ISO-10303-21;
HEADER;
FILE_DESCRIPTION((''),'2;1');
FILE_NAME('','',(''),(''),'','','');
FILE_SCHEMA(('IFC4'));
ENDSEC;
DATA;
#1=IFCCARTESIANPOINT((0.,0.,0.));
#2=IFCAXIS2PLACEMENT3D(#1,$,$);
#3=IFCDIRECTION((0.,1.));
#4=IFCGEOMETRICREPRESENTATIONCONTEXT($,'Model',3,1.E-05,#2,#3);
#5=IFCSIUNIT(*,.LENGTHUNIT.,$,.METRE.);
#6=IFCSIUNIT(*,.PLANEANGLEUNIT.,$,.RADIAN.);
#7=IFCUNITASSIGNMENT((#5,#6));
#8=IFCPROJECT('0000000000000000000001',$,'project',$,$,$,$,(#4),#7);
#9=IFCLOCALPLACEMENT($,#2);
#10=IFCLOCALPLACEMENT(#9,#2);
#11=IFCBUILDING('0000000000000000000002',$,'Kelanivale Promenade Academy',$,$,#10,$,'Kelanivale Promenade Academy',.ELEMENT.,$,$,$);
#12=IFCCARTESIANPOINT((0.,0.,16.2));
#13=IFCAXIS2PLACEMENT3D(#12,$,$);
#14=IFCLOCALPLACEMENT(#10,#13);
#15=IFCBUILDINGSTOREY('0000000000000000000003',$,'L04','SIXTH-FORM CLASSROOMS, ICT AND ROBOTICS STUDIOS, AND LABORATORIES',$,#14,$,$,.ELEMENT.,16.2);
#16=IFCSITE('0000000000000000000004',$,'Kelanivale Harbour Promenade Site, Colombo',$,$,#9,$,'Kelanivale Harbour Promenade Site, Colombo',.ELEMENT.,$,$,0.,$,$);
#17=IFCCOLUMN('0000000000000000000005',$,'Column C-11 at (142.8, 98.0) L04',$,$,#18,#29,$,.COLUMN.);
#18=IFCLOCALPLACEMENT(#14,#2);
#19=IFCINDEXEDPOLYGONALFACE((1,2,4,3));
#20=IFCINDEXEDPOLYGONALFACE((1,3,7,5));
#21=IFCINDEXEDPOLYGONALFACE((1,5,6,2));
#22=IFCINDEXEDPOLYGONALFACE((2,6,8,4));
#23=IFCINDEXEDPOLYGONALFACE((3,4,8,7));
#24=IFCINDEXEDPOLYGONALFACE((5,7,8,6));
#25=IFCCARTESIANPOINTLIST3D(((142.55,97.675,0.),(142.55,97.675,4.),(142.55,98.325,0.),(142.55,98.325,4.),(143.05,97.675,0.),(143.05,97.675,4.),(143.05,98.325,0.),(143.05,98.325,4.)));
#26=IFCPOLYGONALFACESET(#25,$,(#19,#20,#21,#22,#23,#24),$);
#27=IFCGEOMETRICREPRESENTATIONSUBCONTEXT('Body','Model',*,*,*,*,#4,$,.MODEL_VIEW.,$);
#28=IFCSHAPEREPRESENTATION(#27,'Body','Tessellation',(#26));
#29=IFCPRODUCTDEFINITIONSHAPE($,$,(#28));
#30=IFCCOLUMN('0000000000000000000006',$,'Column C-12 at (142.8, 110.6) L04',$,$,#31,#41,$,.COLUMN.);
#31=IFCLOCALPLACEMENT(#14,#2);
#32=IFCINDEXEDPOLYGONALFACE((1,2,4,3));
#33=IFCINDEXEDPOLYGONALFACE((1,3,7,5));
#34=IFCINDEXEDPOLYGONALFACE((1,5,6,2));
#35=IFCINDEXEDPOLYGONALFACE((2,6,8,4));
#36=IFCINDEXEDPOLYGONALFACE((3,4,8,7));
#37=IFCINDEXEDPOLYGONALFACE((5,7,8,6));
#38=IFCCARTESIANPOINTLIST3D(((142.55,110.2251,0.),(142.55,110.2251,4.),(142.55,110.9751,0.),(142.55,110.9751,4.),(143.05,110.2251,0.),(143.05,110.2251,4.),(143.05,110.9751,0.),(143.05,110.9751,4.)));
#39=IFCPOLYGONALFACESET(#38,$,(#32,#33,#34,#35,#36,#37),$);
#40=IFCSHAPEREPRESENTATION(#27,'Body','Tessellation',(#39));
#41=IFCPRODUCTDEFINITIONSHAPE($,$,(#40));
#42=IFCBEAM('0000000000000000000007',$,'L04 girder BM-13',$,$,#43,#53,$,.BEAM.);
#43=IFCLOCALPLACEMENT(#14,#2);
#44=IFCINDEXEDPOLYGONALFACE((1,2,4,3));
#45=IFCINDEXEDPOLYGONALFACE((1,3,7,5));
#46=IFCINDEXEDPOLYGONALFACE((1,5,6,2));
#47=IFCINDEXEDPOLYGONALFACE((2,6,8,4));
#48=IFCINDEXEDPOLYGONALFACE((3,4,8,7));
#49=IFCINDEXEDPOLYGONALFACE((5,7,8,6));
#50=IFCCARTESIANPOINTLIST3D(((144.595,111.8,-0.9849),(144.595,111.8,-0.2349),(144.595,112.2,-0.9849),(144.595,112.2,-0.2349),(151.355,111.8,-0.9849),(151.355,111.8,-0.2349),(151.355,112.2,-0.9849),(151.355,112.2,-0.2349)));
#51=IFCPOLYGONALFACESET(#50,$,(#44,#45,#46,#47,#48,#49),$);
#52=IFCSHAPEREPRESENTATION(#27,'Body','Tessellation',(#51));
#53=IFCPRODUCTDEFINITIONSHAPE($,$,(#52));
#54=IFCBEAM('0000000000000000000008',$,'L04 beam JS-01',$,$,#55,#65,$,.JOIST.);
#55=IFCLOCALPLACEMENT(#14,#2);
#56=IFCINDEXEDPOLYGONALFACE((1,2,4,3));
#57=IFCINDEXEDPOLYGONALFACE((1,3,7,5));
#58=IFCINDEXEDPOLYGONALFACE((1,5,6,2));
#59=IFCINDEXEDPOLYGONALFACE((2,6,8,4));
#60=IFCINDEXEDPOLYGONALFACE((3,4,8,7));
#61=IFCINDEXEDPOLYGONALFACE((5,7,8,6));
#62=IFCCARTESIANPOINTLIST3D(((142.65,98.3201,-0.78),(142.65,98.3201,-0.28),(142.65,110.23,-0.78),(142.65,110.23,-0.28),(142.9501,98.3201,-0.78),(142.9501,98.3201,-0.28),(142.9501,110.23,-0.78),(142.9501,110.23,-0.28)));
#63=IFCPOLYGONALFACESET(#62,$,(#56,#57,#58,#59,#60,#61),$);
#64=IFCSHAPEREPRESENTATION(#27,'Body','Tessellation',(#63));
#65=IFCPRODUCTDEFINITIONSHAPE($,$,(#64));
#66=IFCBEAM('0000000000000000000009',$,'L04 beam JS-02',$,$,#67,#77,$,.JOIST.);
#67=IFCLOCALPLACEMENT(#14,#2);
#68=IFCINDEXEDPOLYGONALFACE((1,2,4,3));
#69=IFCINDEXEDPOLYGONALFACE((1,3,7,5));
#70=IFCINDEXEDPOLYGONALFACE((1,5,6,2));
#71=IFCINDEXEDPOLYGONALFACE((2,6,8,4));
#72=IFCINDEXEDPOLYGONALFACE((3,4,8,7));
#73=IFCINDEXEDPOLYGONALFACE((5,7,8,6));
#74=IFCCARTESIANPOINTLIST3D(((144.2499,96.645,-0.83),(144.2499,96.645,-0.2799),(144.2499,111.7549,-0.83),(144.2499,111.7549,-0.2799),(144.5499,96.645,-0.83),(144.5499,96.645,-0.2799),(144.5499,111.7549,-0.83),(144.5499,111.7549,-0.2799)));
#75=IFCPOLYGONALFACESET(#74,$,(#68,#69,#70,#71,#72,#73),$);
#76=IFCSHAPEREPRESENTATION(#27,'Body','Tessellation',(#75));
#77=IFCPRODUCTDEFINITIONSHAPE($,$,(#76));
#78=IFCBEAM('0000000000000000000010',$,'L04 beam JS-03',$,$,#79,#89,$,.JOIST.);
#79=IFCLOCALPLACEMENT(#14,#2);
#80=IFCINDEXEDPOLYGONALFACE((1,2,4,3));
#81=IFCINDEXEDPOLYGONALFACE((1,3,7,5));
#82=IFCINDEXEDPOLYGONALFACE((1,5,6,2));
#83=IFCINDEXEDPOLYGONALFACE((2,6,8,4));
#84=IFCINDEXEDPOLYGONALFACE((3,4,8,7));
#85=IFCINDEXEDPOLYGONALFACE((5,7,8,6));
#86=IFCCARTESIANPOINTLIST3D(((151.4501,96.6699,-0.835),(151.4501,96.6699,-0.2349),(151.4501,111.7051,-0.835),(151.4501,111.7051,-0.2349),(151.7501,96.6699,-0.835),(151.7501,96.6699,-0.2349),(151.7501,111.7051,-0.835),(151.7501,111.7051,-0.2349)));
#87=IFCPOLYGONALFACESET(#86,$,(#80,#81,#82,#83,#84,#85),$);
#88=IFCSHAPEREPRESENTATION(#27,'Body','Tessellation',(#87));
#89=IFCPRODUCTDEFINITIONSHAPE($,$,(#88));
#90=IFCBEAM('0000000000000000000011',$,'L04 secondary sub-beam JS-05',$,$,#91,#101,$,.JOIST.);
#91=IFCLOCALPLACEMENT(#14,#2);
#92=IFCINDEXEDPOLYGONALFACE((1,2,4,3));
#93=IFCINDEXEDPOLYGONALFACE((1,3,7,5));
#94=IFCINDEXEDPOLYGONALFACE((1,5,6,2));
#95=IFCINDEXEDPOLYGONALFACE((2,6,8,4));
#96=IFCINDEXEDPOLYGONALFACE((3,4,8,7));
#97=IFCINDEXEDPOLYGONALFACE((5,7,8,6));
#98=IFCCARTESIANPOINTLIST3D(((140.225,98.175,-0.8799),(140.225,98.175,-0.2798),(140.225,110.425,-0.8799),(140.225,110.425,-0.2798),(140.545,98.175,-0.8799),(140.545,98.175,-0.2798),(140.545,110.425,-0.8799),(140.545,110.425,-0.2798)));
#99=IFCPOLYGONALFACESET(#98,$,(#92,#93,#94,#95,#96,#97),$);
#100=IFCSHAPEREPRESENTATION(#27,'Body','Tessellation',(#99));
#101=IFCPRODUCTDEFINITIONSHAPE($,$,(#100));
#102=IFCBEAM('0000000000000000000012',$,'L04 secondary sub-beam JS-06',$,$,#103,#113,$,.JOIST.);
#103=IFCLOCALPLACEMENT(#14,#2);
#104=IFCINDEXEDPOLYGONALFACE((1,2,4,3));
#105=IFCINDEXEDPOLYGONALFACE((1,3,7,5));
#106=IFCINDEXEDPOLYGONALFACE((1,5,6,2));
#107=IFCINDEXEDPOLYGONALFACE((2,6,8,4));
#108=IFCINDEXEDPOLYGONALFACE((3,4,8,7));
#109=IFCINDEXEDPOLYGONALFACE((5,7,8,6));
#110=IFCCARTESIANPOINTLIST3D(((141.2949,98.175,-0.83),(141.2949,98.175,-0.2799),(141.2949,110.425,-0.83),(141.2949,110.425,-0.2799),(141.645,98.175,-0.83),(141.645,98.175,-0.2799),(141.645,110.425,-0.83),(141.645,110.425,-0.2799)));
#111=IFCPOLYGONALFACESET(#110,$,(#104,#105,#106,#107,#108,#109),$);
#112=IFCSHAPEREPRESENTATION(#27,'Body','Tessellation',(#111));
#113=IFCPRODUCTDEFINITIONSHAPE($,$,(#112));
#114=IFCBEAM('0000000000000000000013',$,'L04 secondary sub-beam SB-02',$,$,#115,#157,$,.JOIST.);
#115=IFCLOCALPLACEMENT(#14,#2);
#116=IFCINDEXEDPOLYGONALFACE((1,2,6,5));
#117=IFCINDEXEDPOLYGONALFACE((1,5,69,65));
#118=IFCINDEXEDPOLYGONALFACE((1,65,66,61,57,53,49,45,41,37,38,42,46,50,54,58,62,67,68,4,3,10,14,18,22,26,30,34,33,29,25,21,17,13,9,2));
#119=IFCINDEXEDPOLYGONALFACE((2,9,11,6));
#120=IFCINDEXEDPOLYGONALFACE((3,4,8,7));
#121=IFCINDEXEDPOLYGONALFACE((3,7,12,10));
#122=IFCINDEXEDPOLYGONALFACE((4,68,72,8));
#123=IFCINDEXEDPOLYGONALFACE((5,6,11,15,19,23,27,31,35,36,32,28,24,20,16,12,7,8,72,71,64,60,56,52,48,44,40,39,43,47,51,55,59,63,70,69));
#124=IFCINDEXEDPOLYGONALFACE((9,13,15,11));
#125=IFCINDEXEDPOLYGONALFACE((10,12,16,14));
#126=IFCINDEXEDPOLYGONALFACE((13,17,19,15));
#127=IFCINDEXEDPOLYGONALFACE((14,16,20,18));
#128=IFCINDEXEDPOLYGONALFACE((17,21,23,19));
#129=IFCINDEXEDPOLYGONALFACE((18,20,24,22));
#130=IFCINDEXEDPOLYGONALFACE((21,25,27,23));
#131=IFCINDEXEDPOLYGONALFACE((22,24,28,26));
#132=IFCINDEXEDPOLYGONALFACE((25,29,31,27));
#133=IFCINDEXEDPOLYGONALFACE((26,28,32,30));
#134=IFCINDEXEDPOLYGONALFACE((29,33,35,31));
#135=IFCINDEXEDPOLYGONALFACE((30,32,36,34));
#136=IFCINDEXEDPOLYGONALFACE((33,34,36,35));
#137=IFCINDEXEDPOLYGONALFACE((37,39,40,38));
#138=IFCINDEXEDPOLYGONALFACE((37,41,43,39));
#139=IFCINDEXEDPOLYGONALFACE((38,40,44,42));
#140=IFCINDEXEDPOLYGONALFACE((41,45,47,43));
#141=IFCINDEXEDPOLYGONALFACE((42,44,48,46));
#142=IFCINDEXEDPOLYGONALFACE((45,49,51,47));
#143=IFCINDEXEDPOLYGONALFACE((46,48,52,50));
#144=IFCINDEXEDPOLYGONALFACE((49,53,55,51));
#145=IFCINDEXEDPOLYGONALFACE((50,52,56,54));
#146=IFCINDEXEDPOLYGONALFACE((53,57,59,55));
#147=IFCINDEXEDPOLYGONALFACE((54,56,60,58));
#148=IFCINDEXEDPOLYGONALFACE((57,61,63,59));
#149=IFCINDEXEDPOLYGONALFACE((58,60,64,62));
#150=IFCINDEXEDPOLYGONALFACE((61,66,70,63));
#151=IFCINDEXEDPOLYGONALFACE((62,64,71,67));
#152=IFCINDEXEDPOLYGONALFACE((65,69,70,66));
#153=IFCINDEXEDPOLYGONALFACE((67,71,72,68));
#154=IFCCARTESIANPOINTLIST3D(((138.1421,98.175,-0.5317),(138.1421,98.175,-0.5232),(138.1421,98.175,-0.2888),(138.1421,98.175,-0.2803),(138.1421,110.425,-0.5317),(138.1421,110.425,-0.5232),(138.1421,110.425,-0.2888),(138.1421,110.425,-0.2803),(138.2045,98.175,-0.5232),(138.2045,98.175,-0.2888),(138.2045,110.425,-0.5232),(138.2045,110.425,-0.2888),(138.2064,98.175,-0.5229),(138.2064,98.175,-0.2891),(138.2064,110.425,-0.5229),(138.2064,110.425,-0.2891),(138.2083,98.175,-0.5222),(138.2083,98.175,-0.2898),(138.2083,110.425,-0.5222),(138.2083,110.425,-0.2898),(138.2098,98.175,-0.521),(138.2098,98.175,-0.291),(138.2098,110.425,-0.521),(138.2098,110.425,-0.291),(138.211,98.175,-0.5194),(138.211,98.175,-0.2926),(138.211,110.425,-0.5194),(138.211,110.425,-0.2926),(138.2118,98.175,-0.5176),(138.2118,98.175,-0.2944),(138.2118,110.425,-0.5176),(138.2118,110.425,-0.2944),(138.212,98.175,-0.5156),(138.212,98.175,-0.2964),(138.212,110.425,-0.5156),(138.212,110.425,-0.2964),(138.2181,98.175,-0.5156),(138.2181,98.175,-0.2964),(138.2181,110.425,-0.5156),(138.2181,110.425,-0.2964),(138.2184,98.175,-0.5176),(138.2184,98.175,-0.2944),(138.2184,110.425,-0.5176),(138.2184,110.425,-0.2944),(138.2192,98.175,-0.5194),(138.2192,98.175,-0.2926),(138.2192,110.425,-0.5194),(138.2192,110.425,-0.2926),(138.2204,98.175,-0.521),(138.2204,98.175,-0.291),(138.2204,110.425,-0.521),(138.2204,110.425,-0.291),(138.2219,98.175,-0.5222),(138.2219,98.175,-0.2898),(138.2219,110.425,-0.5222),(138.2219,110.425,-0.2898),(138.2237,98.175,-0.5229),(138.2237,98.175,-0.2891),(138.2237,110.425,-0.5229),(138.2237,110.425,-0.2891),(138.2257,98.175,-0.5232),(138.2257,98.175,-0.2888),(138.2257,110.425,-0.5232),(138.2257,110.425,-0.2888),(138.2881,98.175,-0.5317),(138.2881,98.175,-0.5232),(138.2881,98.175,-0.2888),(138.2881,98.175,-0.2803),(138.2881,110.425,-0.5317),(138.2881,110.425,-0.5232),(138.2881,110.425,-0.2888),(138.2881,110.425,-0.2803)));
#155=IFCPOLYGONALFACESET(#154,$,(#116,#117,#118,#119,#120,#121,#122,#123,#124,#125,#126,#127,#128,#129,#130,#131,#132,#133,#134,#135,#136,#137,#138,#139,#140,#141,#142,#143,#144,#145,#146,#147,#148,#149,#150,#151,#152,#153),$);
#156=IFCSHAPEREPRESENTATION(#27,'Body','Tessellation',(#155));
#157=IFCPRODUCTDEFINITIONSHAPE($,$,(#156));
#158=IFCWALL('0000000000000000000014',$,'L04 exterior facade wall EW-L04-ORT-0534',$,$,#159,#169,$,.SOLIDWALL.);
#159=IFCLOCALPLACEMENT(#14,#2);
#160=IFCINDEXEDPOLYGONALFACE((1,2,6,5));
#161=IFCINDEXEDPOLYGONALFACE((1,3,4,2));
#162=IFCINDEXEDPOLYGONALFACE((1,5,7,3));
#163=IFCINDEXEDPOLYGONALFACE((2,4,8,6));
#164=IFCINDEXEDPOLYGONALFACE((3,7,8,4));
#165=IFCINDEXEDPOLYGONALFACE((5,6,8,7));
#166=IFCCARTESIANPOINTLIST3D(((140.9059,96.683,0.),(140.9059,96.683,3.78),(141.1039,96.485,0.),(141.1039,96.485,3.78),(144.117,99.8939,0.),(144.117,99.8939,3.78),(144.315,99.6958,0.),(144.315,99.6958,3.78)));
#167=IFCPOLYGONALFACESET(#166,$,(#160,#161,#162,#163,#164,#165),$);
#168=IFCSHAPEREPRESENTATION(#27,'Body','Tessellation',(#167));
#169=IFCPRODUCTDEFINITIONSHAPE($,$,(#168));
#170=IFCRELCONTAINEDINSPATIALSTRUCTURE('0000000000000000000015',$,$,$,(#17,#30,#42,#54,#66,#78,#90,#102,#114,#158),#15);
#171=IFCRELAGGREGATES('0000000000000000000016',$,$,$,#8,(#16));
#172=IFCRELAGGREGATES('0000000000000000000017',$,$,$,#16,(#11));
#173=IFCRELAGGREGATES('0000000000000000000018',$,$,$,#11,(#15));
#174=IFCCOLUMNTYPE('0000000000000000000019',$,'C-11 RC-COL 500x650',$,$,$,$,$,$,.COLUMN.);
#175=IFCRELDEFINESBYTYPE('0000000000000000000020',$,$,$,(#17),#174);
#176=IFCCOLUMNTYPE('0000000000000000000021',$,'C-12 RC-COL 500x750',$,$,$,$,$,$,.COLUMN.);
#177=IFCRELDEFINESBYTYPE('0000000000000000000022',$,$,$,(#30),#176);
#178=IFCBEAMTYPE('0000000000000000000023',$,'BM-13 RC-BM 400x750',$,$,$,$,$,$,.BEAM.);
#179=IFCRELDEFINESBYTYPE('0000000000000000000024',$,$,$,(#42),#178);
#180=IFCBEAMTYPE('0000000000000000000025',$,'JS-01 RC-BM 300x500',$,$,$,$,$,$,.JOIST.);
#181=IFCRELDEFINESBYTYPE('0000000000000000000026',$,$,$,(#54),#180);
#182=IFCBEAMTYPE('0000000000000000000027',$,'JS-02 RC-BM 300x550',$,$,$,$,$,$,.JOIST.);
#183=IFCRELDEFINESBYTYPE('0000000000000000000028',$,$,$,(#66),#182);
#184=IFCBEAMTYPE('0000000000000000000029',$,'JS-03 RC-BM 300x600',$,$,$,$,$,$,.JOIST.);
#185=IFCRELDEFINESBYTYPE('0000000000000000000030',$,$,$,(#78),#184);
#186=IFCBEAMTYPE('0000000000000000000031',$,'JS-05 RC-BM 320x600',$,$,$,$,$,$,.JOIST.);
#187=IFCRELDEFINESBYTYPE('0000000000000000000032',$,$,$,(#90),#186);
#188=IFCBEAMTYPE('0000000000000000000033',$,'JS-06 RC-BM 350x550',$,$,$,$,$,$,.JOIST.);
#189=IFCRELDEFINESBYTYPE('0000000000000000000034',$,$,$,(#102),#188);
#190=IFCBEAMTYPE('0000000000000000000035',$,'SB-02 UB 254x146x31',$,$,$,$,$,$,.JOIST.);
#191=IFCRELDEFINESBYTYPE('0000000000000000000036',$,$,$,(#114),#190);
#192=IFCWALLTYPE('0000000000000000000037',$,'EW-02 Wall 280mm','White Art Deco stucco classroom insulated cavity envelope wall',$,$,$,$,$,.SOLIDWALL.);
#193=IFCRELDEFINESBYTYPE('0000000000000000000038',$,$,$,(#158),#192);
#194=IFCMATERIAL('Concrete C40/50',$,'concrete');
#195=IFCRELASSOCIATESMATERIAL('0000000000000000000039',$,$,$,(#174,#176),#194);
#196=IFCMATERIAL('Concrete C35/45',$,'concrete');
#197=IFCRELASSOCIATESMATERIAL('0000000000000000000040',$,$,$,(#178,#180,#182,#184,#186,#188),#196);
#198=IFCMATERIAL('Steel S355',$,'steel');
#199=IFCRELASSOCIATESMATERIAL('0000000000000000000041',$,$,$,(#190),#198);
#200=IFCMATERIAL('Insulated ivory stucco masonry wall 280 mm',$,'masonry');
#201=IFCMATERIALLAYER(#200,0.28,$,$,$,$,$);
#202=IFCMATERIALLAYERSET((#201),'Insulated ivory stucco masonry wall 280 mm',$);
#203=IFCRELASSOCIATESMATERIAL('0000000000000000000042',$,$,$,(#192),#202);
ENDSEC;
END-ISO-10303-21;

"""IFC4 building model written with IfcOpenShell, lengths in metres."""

from ifc_helpers import new_model, si_unit, direction, frame, frame_2d, origin, origin_2d, place, context, subcontext, project, spatial, rectangle, i_section, extrude, material, layer, layer_set, material_profile, profile_set, type_object, element, save


model = new_model("IFC4")

# Units and contexts
model_context = context("Model", 3, precision=1e-05, world=origin(), true_north=direction((0.0, 1.0)))
body_context = subcontext(model_context, "Body", "Model", "MODEL_VIEW")
ifc_project = project(units=[si_unit("LENGTHUNIT", "METRE"), si_unit("PLANEANGLEUNIT", "RADIAN")], contexts=[model_context])

# Site, building, storey
site_placement = place(None, origin())
site = spatial("IfcSite", under=ifc_project, at=site_placement, Name="Kelanivale Harbour Promenade Site, Colombo", LongName="Kelanivale Harbour Promenade Site, Colombo", CompositionType="ELEMENT", RefElevation=0.0)
building_placement = place(site_placement, origin())
building = spatial("IfcBuilding", under=site, at=building_placement, Name="Kelanivale Promenade Academy", LongName="Kelanivale Promenade Academy", CompositionType="ELEMENT")
storey_placement = place(building_placement, frame((0.0, 0.0, 16.2)))
storey = spatial("IfcBuildingStorey", under=building, at=storey_placement, Name="L04", Description="SIXTH-FORM CLASSROOMS, ICT AND ROBOTICS STUDIOS, AND LABORATORIES", CompositionType="ELEMENT", Elevation=16.2)

# Columns
ifc_material_1 = material(Name="Concrete C40/50", Category="concrete")
ifc_material_profile_1 = material_profile(ifc_material_1, rectangle(XDim=0.5, YDim=0.6499, at=origin_2d()), Name="RC-COL 500x650")
ifc_profile_set_1 = profile_set([ifc_material_profile_1], Name="Concrete C40/50")
column_type_1 = type_object("IfcColumnType", Name="C-11 RC-COL 500x650", PredefinedType="COLUMN", material=ifc_profile_set_1)
column_1_placement = place(storey_placement, frame((142.8, 98.0, 0.0), z_axis=(0.0, 0.0, 1.0), x_axis=(1.0, 0.0, 0.0)))
element("IfcColumn", 1, at=column_1_placement, inside=storey, type_object=column_type_1, Name="Column C-11 at (142.8, 98.0) L04", PredefinedType="COLUMN", context=body_context, shape_type="SweptSolid", body=[
    extrude(rectangle(XDim=0.5, YDim=0.6499, at=origin_2d()), origin(), (0.0, 0.0, 1.0), 4.0),
])
ifc_material_profile_2 = material_profile(ifc_material_1, rectangle(XDim=0.5, YDim=0.75, at=origin_2d()), Name="RC-COL 500x750")
ifc_profile_set_2 = profile_set([ifc_material_profile_2], Name="Concrete C40/50")
column_type_2 = type_object("IfcColumnType", Name="C-12 RC-COL 500x750", PredefinedType="COLUMN", material=ifc_profile_set_2)
column_2_placement = place(storey_placement, frame((142.8, 110.6001, 0.0), z_axis=(0.0, 0.0, 1.0), x_axis=(1.0, 0.0, 0.0)))
element("IfcColumn", 2, at=column_2_placement, inside=storey, type_object=column_type_2, Name="Column C-12 at (142.8, 110.6) L04", PredefinedType="COLUMN", context=body_context, shape_type="SweptSolid", body=[
    extrude(rectangle(XDim=0.5, YDim=0.75, at=origin_2d()), origin(), (0.0, 0.0, 1.0), 4.0),
])

# Beams
ifc_material_2 = material(Name="Concrete C35/45", Category="concrete")
ifc_material_profile_3 = material_profile(ifc_material_2, rectangle(XDim=0.3999, YDim=0.75, at=origin_2d()), Name="RC-BM 400x750")
ifc_profile_set_3 = profile_set([ifc_material_profile_3], Name="Concrete C35/45")
beam_type_1 = type_object("IfcBeamType", Name="BM-13 RC-BM 400x750", PredefinedType="BEAM", material=ifc_profile_set_3)
beam_1_placement = place(storey_placement, frame((144.595, 112.0, -0.6099), z_axis=(1.0, 0.0, 0.0), x_axis=(0.0, 1.0, 0.0)))
element("IfcBeam", 3, at=beam_1_placement, inside=storey, type_object=beam_type_1, Name="L04 girder BM-13", PredefinedType="BEAM", context=body_context, shape_type="SweptSolid", body=[
    extrude(rectangle(XDim=0.3999, YDim=0.75, at=origin_2d()), origin(), (0.0, 0.0, 1.0), 6.76),
])
ifc_material_profile_4 = material_profile(ifc_material_2, rectangle(XDim=0.3, YDim=0.5, at=origin_2d()), Name="RC-BM 300x500")
ifc_profile_set_4 = profile_set([ifc_material_profile_4], Name="Concrete C35/45")
beam_type_2 = type_object("IfcBeamType", Name="JS-01 RC-BM 300x500", PredefinedType="JOIST", material=ifc_profile_set_4)
beam_2_placement = place(storey_placement, frame((142.8, 98.3201, -0.53), z_axis=(0.0, 1.0, 0.0), x_axis=(-1.0, 0.0, 0.0)))
element("IfcBeam", 4, at=beam_2_placement, inside=storey, type_object=beam_type_2, Name="L04 beam JS-01", PredefinedType="JOIST", context=body_context, shape_type="SweptSolid", body=[
    extrude(rectangle(XDim=0.3, YDim=0.5, at=origin_2d()), origin(), (0.0, 0.0, 1.0), 11.9099),
])
ifc_material_profile_5 = material_profile(ifc_material_2, rectangle(XDim=0.3, YDim=0.55, at=origin_2d()), Name="RC-BM 300x550")
ifc_profile_set_5 = profile_set([ifc_material_profile_5], Name="Concrete C35/45")
beam_type_3 = type_object("IfcBeamType", Name="JS-02 RC-BM 300x550", PredefinedType="JOIST", material=ifc_profile_set_5)
beam_3_placement = place(storey_placement, frame((144.3999, 96.645, -0.5549), z_axis=(0.0, 1.0, 0.0), x_axis=(-1.0, 0.0, 0.0)))
element("IfcBeam", 5, at=beam_3_placement, inside=storey, type_object=beam_type_3, Name="L04 beam JS-02", PredefinedType="JOIST", context=body_context, shape_type="SweptSolid", body=[
    extrude(rectangle(XDim=0.3, YDim=0.55, at=origin_2d()), origin(), (0.0, 0.0, 1.0), 15.1099),
])
ifc_material_profile_6 = material_profile(ifc_material_2, rectangle(XDim=0.3, YDim=0.6001, at=origin_2d()), Name="RC-BM 300x600")
ifc_profile_set_6 = profile_set([ifc_material_profile_6], Name="Concrete C35/45")
beam_type_4 = type_object("IfcBeamType", Name="JS-03 RC-BM 300x600", PredefinedType="JOIST", material=ifc_profile_set_6)
beam_4_placement = place(storey_placement, frame((151.6001, 96.6699, -0.5349), z_axis=(0.0, 1.0, 0.0), x_axis=(-1.0, 0.0, 0.0)))
element("IfcBeam", 6, at=beam_4_placement, inside=storey, type_object=beam_type_4, Name="L04 beam JS-03", PredefinedType="JOIST", context=body_context, shape_type="SweptSolid", body=[
    extrude(rectangle(XDim=0.3, YDim=0.6001, at=origin_2d()), origin(), (0.0, 0.0, 1.0), 15.0352),
])
ifc_material_profile_7 = material_profile(ifc_material_2, rectangle(XDim=0.3201, YDim=0.6001, at=origin_2d()), Name="RC-BM 320x600")
ifc_profile_set_7 = profile_set([ifc_material_profile_7], Name="Concrete C35/45")
beam_type_5 = type_object("IfcBeamType", Name="JS-05 RC-BM 320x600", PredefinedType="JOIST", material=ifc_profile_set_7)
beam_5_placement = place(storey_placement, frame((140.385, 98.175, -0.5798), z_axis=(0.0, 1.0, 0.0), x_axis=(-1.0, 0.0, 0.0)))
element("IfcBeam", 7, at=beam_5_placement, inside=storey, type_object=beam_type_5, Name="L04 secondary sub-beam JS-05", PredefinedType="JOIST", context=body_context, shape_type="SweptSolid", body=[
    extrude(rectangle(XDim=0.3201, YDim=0.6001, at=origin_2d()), origin(), (0.0, 0.0, 1.0), 12.25),
])
ifc_material_profile_8 = material_profile(ifc_material_2, rectangle(XDim=0.3501, YDim=0.55, at=origin_2d()), Name="RC-BM 350x550")
ifc_profile_set_8 = profile_set([ifc_material_profile_8], Name="Concrete C35/45")
beam_type_6 = type_object("IfcBeamType", Name="JS-06 RC-BM 350x550", PredefinedType="JOIST", material=ifc_profile_set_8)
beam_6_placement = place(storey_placement, frame((141.47, 98.175, -0.5549), z_axis=(0.0, 1.0, 0.0), x_axis=(-1.0, 0.0, 0.0)))
element("IfcBeam", 8, at=beam_6_placement, inside=storey, type_object=beam_type_6, Name="L04 secondary sub-beam JS-06", PredefinedType="JOIST", context=body_context, shape_type="SweptSolid", body=[
    extrude(rectangle(XDim=0.3501, YDim=0.55, at=origin_2d()), origin(), (0.0, 0.0, 1.0), 12.25),
])
ifc_material_3 = material(Name="Steel S355", Category="steel")
ifc_material_profile_9 = material_profile(ifc_material_3, i_section(OverallWidth=0.146, OverallDepth=0.2515, WebThickness=0.0061, FlangeThickness=0.0085, FilletRadius=0.0076, at=origin_2d()), Name="UB 254x146x31")
ifc_profile_set_9 = profile_set([ifc_material_profile_9], Name="Steel S355")
beam_type_7 = type_object("IfcBeamType", Name="SB-02 UB 254x146x31", PredefinedType="JOIST", material=ifc_profile_set_9)
beam_7_placement = place(storey_placement, frame((138.2151, 98.175, -0.406), z_axis=(0.0, 1.0, 0.0), x_axis=(-1.0, 0.0, 0.0)))
element("IfcBeam", 9, at=beam_7_placement, inside=storey, type_object=beam_type_7, Name="L04 secondary sub-beam SB-02", PredefinedType="JOIST", context=body_context, shape_type="SweptSolid", body=[
    extrude(i_section(OverallWidth=0.146, OverallDepth=0.2515, WebThickness=0.0061, FlangeThickness=0.0085, FilletRadius=0.0076, at=origin_2d()), origin(), (0.0, 0.0, 1.0), 12.25),
])

# Wall
ifc_material_4 = material(Name="Insulated ivory stucco masonry wall 280 mm", Category="masonry")
ifc_layer_1 = layer(ifc_material_4, 0.28)
ifc_layer_set_1 = layer_set([ifc_layer_1], Name="Insulated ivory stucco masonry wall 280 mm")
wall_type_1 = type_object("IfcWallType", Name="EW-02 Wall 280mm", Description="White Art Deco stucco classroom insulated cavity envelope wall", PredefinedType="SOLIDWALL", material=ifc_layer_set_1)
wall_1_placement = place(storey_placement, frame((141.0049, 96.584, 0.0), z_axis=(0.0, 0.0, 1.0), x_axis=(0.707134, 0.70708, 0.0)))
element("IfcWall", 10, at=wall_1_placement, inside=storey, type_object=wall_type_1, Name="L04 exterior facade wall EW-L04-ORT-0534", PredefinedType="SOLIDWALL", context=body_context, shape_type="SweptSolid", body=[
    extrude(rectangle(XDim=4.541, YDim=0.28, at=frame_2d((2.2705, 0.0))), origin(), (0.0, 0.0, 1.0), 3.78),
])

save(model, "model.ifc")
